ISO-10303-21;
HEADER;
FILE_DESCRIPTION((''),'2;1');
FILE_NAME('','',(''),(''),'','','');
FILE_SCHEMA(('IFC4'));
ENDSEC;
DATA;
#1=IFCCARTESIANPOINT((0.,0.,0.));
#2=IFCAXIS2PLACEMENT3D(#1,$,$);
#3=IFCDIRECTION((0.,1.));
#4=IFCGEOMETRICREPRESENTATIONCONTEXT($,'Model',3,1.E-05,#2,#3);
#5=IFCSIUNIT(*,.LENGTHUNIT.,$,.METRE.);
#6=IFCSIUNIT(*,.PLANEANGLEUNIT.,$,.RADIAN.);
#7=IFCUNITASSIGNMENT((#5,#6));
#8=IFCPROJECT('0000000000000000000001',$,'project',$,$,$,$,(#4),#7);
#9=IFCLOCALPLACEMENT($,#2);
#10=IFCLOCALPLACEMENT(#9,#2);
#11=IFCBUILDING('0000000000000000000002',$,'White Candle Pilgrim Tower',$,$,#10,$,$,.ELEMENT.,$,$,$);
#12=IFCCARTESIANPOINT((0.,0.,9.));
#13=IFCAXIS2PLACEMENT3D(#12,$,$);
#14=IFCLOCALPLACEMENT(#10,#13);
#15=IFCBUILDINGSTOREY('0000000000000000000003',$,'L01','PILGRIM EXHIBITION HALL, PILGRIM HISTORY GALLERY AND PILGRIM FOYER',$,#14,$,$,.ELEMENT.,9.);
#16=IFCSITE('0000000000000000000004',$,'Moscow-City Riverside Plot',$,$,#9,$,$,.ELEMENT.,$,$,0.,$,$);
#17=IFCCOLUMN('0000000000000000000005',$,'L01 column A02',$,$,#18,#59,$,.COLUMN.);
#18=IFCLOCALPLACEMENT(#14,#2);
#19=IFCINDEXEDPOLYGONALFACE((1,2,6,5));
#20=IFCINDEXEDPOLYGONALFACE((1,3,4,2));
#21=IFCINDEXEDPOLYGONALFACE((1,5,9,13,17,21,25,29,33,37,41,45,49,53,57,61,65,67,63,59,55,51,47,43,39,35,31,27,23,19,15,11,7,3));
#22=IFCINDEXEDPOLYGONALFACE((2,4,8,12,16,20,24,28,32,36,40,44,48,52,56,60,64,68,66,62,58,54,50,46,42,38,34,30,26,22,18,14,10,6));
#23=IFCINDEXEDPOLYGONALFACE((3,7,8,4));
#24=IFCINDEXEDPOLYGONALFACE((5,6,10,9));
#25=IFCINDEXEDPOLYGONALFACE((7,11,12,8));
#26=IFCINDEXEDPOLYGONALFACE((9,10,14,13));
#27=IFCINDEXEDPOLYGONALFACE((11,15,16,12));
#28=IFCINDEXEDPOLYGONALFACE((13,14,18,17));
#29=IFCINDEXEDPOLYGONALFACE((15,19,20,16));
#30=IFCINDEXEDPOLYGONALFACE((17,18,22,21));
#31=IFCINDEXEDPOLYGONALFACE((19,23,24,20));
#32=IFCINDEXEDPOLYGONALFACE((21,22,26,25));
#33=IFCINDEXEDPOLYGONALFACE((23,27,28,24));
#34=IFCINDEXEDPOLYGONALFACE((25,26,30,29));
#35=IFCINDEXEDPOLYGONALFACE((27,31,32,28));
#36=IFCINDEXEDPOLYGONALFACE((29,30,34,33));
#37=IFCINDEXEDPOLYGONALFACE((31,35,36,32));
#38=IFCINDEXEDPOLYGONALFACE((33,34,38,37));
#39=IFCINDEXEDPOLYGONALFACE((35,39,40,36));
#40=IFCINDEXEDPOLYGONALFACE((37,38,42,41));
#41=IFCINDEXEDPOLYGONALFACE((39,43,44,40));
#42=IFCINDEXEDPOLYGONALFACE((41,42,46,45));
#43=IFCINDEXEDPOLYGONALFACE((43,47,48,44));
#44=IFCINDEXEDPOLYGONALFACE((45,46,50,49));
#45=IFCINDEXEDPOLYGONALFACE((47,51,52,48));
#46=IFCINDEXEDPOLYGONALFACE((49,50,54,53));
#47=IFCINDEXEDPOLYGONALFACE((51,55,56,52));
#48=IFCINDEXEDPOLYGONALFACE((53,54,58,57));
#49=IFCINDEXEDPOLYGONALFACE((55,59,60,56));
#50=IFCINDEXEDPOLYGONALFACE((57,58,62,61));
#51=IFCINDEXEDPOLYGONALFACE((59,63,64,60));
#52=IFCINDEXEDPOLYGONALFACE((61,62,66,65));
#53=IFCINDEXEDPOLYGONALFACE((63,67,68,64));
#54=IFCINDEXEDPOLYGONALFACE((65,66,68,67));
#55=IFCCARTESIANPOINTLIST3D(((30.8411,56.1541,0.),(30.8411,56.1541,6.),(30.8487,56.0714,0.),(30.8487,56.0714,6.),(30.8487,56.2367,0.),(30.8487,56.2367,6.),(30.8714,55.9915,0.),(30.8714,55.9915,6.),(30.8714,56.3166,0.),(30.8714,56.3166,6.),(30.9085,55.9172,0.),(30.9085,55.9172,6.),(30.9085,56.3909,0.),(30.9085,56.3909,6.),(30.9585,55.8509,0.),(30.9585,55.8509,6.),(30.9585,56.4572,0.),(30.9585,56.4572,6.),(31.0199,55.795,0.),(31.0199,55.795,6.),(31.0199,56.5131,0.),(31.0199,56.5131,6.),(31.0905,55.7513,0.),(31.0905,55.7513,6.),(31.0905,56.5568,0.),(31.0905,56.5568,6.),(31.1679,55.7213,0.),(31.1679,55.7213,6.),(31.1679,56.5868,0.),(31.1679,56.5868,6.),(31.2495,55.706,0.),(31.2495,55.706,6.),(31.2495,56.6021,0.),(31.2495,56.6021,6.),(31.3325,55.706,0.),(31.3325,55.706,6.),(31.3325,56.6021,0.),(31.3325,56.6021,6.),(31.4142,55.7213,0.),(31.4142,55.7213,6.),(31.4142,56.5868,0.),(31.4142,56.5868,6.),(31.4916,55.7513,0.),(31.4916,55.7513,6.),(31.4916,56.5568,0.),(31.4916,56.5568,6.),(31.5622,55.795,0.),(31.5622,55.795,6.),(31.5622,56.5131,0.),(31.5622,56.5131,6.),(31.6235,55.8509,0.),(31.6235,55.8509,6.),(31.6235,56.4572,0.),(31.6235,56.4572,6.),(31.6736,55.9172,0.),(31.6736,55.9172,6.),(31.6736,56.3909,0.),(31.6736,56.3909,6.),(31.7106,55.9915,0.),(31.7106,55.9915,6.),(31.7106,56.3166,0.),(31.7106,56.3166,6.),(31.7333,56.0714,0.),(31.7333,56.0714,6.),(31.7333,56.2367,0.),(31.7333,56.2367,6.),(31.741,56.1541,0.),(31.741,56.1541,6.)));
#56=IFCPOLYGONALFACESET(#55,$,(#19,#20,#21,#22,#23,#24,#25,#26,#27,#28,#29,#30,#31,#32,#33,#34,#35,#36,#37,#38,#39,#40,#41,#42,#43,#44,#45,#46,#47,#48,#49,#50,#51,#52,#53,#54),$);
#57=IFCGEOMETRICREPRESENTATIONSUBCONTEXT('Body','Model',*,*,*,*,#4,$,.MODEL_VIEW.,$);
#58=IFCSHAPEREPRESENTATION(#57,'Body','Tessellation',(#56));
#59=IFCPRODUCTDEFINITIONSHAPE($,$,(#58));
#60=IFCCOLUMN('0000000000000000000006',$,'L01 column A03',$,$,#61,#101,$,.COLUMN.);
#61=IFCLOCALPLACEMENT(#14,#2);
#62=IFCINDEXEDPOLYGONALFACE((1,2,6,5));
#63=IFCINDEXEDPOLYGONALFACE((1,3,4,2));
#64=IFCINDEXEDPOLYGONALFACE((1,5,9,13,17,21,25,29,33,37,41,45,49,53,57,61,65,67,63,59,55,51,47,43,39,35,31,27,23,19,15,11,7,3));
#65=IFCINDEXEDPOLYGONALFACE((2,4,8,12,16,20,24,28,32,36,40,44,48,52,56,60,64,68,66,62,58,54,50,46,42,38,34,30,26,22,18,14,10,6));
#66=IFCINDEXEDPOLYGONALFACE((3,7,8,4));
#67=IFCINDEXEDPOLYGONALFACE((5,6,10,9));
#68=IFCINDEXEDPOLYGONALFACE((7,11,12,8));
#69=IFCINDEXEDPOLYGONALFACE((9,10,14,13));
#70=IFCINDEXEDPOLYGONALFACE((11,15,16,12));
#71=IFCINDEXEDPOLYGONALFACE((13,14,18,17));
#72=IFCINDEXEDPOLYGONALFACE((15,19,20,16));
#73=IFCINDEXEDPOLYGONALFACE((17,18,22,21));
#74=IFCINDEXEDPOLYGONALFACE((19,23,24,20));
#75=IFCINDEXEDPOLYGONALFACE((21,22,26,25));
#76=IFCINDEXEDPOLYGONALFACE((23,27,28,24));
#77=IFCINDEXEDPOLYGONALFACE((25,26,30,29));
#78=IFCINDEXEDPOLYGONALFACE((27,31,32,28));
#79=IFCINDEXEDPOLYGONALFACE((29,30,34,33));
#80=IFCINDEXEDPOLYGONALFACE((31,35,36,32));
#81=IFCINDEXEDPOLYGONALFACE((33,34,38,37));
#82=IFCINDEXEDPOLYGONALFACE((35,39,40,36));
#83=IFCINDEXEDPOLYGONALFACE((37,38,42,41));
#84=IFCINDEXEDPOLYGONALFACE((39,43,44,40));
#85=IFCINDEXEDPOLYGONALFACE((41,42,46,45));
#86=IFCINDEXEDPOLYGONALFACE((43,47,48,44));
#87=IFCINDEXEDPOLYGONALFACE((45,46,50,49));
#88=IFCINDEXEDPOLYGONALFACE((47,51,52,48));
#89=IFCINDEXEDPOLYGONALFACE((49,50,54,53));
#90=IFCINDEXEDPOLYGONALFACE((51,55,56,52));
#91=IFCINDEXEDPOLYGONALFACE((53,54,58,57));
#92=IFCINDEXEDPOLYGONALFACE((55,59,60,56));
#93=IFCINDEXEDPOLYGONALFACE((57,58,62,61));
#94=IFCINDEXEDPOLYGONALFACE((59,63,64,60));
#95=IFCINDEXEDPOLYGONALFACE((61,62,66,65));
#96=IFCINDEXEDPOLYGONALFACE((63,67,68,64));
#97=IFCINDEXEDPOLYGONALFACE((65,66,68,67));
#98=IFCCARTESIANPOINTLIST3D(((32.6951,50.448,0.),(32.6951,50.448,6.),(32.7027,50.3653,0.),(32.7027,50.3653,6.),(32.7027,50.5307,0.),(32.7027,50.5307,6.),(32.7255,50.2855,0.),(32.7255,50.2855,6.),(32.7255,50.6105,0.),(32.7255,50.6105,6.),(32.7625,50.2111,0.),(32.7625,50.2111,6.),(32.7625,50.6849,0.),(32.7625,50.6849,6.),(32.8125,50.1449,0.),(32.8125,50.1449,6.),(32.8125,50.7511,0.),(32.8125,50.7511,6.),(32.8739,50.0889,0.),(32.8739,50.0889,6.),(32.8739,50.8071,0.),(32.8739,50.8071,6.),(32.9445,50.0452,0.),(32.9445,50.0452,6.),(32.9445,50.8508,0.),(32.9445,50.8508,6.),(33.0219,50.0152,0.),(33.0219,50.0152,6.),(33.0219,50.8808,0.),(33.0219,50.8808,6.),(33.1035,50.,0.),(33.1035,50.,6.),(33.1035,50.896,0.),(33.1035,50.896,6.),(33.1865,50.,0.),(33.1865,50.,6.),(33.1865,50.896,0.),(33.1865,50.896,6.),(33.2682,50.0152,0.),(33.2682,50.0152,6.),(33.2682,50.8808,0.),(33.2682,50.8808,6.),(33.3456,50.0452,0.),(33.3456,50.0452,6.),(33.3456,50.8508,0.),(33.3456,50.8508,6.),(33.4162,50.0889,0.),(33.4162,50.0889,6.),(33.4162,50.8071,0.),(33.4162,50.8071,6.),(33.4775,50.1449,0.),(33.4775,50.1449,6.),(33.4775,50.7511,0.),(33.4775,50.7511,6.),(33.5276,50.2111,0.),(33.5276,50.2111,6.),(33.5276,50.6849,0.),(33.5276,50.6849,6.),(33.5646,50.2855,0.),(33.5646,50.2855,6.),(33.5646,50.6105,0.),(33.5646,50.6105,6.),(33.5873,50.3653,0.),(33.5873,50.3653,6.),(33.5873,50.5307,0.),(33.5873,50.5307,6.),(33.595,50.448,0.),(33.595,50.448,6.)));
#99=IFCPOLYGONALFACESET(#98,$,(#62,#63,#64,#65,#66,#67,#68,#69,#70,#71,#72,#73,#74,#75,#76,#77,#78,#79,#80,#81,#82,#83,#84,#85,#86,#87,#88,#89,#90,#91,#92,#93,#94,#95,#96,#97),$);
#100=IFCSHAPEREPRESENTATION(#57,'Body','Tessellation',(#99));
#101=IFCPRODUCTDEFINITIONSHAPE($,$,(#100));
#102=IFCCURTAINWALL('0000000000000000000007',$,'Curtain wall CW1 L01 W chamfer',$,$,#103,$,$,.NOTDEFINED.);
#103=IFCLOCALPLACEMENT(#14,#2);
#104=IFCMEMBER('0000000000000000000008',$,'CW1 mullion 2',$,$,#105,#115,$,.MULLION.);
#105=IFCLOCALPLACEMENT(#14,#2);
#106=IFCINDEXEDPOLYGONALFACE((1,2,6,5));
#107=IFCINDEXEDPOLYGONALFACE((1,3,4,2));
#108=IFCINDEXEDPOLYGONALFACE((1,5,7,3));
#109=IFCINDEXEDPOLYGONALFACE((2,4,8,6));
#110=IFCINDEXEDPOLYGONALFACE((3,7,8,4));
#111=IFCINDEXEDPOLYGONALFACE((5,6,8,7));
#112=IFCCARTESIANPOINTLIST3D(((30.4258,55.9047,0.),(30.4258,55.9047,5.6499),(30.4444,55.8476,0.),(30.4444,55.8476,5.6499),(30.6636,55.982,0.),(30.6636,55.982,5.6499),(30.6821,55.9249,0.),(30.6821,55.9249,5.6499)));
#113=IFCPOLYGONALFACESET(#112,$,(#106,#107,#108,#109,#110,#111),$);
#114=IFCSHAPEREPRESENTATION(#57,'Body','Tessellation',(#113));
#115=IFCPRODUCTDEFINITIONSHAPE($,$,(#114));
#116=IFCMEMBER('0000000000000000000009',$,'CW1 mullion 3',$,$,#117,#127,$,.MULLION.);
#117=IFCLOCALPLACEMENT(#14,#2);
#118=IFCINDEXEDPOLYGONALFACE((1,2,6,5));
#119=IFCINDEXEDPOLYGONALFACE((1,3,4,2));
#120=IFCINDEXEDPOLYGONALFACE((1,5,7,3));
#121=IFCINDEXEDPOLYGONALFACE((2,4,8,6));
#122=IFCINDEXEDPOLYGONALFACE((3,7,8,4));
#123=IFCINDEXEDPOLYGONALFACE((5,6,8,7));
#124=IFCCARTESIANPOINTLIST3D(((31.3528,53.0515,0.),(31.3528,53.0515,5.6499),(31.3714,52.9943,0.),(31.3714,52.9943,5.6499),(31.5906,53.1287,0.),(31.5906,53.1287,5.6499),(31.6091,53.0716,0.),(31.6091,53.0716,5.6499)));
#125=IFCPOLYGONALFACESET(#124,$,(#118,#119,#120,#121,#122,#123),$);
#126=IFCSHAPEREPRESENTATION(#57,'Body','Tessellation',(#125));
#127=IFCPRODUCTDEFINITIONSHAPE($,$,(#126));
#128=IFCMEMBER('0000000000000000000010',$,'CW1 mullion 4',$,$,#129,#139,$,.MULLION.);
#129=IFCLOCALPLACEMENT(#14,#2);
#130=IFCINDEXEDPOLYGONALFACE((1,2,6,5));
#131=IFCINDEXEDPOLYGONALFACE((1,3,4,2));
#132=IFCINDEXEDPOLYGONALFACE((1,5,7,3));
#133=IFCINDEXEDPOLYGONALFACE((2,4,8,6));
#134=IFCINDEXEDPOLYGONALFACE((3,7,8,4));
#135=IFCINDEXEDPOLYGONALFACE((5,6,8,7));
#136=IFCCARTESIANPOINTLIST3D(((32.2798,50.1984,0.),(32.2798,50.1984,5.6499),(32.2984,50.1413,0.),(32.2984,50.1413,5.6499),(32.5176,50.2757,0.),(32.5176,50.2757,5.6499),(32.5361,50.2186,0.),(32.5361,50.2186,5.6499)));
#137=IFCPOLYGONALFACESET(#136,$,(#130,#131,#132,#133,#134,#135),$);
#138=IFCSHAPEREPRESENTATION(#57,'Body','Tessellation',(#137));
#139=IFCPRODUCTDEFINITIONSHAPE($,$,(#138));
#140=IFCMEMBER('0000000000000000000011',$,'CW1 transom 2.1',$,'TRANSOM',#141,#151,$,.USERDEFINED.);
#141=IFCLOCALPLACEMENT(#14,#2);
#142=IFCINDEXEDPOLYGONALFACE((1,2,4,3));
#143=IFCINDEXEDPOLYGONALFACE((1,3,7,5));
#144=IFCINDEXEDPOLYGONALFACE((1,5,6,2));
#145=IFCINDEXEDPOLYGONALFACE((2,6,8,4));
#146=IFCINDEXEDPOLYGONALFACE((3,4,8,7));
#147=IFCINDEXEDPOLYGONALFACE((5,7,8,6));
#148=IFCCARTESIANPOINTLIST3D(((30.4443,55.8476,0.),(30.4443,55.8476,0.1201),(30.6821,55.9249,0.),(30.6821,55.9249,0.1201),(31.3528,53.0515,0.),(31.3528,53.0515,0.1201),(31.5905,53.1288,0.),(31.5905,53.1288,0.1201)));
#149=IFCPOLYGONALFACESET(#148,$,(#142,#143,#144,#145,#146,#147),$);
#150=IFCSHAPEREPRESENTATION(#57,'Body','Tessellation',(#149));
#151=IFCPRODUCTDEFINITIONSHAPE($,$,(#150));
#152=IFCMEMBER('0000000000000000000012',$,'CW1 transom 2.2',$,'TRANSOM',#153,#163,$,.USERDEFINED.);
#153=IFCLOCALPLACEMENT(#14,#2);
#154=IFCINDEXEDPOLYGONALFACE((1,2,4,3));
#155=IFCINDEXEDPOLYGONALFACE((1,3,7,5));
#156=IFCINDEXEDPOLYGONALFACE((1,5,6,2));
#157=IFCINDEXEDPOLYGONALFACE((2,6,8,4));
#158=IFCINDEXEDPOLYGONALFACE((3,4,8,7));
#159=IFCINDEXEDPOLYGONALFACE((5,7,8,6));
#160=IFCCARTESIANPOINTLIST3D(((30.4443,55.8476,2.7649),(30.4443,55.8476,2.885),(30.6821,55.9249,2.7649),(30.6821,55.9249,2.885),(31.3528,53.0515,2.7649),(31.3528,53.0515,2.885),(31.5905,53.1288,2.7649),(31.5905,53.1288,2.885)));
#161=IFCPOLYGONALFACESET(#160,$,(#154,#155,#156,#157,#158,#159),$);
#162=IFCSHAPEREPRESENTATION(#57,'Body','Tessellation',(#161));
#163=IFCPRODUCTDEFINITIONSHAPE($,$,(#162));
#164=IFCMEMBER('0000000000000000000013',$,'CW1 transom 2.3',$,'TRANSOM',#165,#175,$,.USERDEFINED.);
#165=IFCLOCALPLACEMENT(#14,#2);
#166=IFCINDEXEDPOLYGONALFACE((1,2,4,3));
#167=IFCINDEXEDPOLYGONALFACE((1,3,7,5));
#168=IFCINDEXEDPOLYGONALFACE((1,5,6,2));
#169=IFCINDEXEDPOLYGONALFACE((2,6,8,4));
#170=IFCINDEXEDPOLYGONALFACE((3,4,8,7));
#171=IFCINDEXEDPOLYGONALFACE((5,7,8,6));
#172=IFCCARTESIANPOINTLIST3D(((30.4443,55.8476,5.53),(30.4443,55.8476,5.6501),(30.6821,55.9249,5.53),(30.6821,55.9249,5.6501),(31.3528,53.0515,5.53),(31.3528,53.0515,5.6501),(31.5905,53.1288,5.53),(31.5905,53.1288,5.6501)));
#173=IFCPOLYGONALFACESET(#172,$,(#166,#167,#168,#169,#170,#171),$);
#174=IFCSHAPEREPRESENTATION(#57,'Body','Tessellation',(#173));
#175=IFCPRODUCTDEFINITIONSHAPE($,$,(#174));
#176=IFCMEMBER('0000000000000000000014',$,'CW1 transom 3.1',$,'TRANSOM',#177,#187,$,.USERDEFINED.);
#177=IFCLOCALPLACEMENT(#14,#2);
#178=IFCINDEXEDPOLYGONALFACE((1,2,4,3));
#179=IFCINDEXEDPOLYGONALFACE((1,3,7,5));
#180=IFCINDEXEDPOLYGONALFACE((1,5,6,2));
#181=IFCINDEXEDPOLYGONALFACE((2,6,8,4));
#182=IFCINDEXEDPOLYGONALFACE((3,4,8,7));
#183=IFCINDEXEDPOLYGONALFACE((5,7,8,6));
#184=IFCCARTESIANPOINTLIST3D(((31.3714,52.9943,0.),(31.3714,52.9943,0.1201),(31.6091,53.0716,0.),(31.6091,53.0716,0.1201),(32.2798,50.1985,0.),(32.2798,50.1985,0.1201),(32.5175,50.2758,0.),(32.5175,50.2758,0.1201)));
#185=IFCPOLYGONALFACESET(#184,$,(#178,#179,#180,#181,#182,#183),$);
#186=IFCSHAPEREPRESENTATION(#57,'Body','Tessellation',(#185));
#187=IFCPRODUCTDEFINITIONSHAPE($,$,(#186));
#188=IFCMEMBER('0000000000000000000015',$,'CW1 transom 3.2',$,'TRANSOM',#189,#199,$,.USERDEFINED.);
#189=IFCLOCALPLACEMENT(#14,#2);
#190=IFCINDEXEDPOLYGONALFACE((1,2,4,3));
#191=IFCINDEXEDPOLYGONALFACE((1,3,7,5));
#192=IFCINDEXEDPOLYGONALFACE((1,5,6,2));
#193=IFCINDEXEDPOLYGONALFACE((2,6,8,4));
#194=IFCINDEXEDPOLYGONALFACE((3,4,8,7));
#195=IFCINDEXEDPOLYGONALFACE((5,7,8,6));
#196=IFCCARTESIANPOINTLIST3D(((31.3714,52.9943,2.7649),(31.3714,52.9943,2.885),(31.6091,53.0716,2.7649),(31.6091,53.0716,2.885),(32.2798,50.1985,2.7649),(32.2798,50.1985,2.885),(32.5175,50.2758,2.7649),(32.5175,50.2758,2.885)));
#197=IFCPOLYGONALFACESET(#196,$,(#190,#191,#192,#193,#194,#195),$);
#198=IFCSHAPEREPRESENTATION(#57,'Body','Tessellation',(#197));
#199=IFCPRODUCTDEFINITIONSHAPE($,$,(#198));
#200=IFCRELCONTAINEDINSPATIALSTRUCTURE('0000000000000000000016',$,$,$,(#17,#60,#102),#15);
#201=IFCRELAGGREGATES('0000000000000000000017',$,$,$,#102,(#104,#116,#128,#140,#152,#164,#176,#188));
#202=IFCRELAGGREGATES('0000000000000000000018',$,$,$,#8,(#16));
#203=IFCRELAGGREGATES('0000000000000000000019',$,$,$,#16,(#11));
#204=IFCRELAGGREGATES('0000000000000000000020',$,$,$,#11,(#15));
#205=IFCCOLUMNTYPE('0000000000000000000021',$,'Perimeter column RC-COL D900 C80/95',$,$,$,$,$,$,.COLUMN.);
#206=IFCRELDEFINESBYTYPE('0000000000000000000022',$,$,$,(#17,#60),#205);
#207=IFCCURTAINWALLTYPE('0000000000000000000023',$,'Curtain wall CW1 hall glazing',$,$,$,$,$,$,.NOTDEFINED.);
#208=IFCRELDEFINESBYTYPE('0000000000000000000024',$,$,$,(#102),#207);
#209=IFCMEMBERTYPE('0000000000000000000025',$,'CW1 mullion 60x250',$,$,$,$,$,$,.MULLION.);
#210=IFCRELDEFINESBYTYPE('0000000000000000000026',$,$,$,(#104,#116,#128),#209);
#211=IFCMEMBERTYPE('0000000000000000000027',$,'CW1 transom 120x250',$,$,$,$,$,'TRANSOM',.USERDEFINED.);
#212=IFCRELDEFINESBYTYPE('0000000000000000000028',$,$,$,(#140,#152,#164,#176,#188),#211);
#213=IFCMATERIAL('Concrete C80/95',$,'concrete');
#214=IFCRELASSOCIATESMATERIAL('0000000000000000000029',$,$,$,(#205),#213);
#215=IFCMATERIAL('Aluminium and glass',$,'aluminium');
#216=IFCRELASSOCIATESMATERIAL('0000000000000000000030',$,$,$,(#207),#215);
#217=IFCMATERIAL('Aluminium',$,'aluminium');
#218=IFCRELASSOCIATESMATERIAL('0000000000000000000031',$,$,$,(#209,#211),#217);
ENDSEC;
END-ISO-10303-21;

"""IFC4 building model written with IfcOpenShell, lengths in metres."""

from ifc_helpers import new_model, si_unit, direction, frame, origin, origin_2d, place, context, subcontext, project, spatial, rectangle, circle, extrude, material, material_profile, profile_set, type_object, element, aggregate, save


model = new_model("IFC4")

# Units and contexts
model_context = context("Model", 3, precision=1e-05, world=origin(), true_north=direction((0.0, 1.0)))
body_context = subcontext(model_context, "Body", "Model", "MODEL_VIEW")
ifc_project = project(units=[si_unit("LENGTHUNIT", "METRE"), si_unit("PLANEANGLEUNIT", "RADIAN")], contexts=[model_context])

# Site, building, storey
site_placement = place(None, origin())
site = spatial("IfcSite", under=ifc_project, at=site_placement, Name="Moscow-City Riverside Plot", CompositionType="ELEMENT", RefElevation=0.0)
building_placement = place(site_placement, origin())
building = spatial("IfcBuilding", under=site, at=building_placement, Name="White Candle Pilgrim Tower", CompositionType="ELEMENT")
storey_placement = place(building_placement, frame((0.0, 0.0, 9.0)))
storey = spatial("IfcBuildingStorey", under=building, at=storey_placement, Name="L01", Description="PILGRIM EXHIBITION HALL, PILGRIM HISTORY GALLERY AND PILGRIM FOYER", CompositionType="ELEMENT", Elevation=9.0)

# Columns
ifc_material_1 = material(Name="Concrete C80/95", Category="concrete")
ifc_material_profile_1 = material_profile(ifc_material_1, circle(Radius=0.45, at=origin_2d()), Name="RC-COL D900")
ifc_profile_set_1 = profile_set([ifc_material_profile_1], Name="Concrete C80/95")
column_type = type_object("IfcColumnType", Name="Perimeter column RC-COL D900 C80/95", PredefinedType="COLUMN", material=ifc_profile_set_1)
for number, where, z_axis, x_axis, name in (
    (1, (31.291, 56.1541, 0.0), (0.0, 0.0, 1.0), (1.0, 0.0, 0.0), "L01 column A02"),
    (2, (33.145, 50.448, 0.0), (0.0, 0.0, 1.0), (1.0, 0.0, 0.0), "L01 column A03"),
):
    element("IfcColumn", number, at=place(storey_placement, frame(where, z_axis=z_axis, x_axis=x_axis)), inside=storey, type_object=column_type, Name=name, PredefinedType="COLUMN", context=body_context, shape_type="SweptSolid", body=[
        extrude(circle(Radius=0.45, at=origin_2d()), origin(), (0.0, 0.0, 1.0), 6.0),
    ])

# Curtain wall, members
ifc_material_2 = material(Name="Aluminium and glass", Category="aluminium")
curtain_wall_type = type_object("IfcCurtainWallType", Name="Curtain wall CW1 hall glazing", PredefinedType="NOTDEFINED", material=ifc_material_2)
curtain_wall_placement = place(storey_placement, origin())
curtain_wall = element("IfcCurtainWall", 3, at=curtain_wall_placement, inside=storey, type_object=curtain_wall_type, Name="Curtain wall CW1 L01 W chamfer", PredefinedType="NOTDEFINED")
ifc_material_3 = material(Name="Aluminium", Category="aluminium")
ifc_material_profile_2 = material_profile(ifc_material_3, rectangle(XDim=0.25, YDim=0.0601, at=origin_2d()), Name="CW1 mullion 60x250")
ifc_profile_set_2 = profile_set([ifc_material_profile_2], Name="Aluminium")
member_type_1 = type_object("IfcMemberType", Name="CW1 mullion 60x250", PredefinedType="MULLION", material=ifc_profile_set_2)
member_1_placement = place(storey_placement, frame((30.554, 55.9148, 0.0), z_axis=(0.0, 0.0, 1.0), x_axis=(0.951057, 0.309017, 0.0)))
member_1 = element("IfcMember", 4, at=member_1_placement, type_object=member_type_1, Name="CW1 mullion 2", PredefinedType="MULLION", context=body_context, shape_type="SweptSolid", body=[
    extrude(rectangle(XDim=0.25, YDim=0.0601, at=origin_2d()), origin(), (0.0, 0.0, 1.0), 5.6499),
])
member_2_placement = place(storey_placement, frame((31.481, 53.0615, 0.0), z_axis=(0.0, 0.0, 1.0), x_axis=(0.951057, 0.309017, 0.0)))
member_2 = element("IfcMember", 5, at=member_2_placement, type_object=member_type_1, Name="CW1 mullion 3", PredefinedType="MULLION", context=body_context, shape_type="SweptSolid", body=[
    extrude(rectangle(XDim=0.25, YDim=0.0601, at=origin_2d()), origin(), (0.0, 0.0, 1.0), 5.6499),
])
member_3_placement = place(storey_placement, frame((32.408, 50.2085, 0.0), z_axis=(0.0, 0.0, 1.0), x_axis=(0.951057, 0.309017, 0.0)))
member_3 = element("IfcMember", 6, at=member_3_placement, type_object=member_type_1, Name="CW1 mullion 4", PredefinedType="MULLION", context=body_context, shape_type="SweptSolid", body=[
    extrude(rectangle(XDim=0.25, YDim=0.0601, at=origin_2d()), origin(), (0.0, 0.0, 1.0), 5.6499),
])
ifc_material_profile_3 = material_profile(ifc_material_3, rectangle(XDim=0.25, YDim=0.1201, at=origin_2d()), Name="CW1 transom 120x250")
ifc_profile_set_3 = profile_set([ifc_material_profile_3], Name="Aluminium")
member_type_2 = type_object("IfcMemberType", Name="CW1 transom 120x250", ElementType="TRANSOM", PredefinedType="USERDEFINED", material=ifc_profile_set_3)
member_4_placement = place(storey_placement, frame((30.5632, 55.8862, 0.0601), z_axis=(0.308994, -0.951064, 0.0), x_axis=(0.951064, 0.308994, 0.0)))
member_4 = element("IfcMember", 7, at=member_4_placement, type_object=member_type_2, Name="CW1 transom 2.1", ObjectType="TRANSOM", PredefinedType="USERDEFINED", context=body_context, shape_type="SweptSolid", body=[
    extrude(rectangle(XDim=0.25, YDim=0.1201, at=origin_2d()), origin(), (0.0, 0.0, 1.0), 2.9399),
])
member_5_placement = place(storey_placement, frame((30.5632, 55.8862, 2.825), z_axis=(0.308994, -0.951064, 0.0), x_axis=(0.951064, 0.308994, 0.0)))
member_5 = element("IfcMember", 8, at=member_5_placement, type_object=member_type_2, Name="CW1 transom 2.2", ObjectType="TRANSOM", PredefinedType="USERDEFINED", context=body_context, shape_type="SweptSolid", body=[
    extrude(rectangle(XDim=0.25, YDim=0.1201, at=origin_2d()), origin(), (0.0, 0.0, 1.0), 2.9399),
])
member_6_placement = place(storey_placement, frame((30.5632, 55.8862, 5.5901), z_axis=(0.308994, -0.951064, 0.0), x_axis=(0.951064, 0.308994, 0.0)))
member_6 = element("IfcMember", 9, at=member_6_placement, type_object=member_type_2, Name="CW1 transom 2.3", ObjectType="TRANSOM", PredefinedType="USERDEFINED", context=body_context, shape_type="SweptSolid", body=[
    extrude(rectangle(XDim=0.25, YDim=0.1201, at=origin_2d()), origin(), (0.0, 0.0, 1.0), 2.9399),
])
member_7_placement = place(storey_placement, frame((31.4902, 53.033, 0.0601), z_axis=(0.309018, -0.951056, 0.0), x_axis=(0.951056, 0.309018, 0.0)))
member_7 = element("IfcMember", 10, at=member_7_placement, type_object=member_type_2, Name="CW1 transom 3.1", ObjectType="TRANSOM", PredefinedType="USERDEFINED", context=body_context, shape_type="SweptSolid", body=[
    extrude(rectangle(XDim=0.25, YDim=0.1201, at=origin_2d()), origin(), (0.0, 0.0, 1.0), 2.9397),
])
member_8_placement = place(storey_placement, frame((31.4902, 53.033, 2.825), z_axis=(0.309018, -0.951056, 0.0), x_axis=(0.951056, 0.309018, 0.0)))
member_8 = element("IfcMember", 11, at=member_8_placement, type_object=member_type_2, Name="CW1 transom 3.2", ObjectType="TRANSOM", PredefinedType="USERDEFINED", context=body_context, shape_type="SweptSolid", body=[
    extrude(rectangle(XDim=0.25, YDim=0.1201, at=origin_2d()), origin(), (0.0, 0.0, 1.0), 2.9397),
])

aggregate(curtain_wall, [member_1, member_2, member_3, member_4, member_5, member_6, member_7, member_8])

save(model, "model.ifc")
